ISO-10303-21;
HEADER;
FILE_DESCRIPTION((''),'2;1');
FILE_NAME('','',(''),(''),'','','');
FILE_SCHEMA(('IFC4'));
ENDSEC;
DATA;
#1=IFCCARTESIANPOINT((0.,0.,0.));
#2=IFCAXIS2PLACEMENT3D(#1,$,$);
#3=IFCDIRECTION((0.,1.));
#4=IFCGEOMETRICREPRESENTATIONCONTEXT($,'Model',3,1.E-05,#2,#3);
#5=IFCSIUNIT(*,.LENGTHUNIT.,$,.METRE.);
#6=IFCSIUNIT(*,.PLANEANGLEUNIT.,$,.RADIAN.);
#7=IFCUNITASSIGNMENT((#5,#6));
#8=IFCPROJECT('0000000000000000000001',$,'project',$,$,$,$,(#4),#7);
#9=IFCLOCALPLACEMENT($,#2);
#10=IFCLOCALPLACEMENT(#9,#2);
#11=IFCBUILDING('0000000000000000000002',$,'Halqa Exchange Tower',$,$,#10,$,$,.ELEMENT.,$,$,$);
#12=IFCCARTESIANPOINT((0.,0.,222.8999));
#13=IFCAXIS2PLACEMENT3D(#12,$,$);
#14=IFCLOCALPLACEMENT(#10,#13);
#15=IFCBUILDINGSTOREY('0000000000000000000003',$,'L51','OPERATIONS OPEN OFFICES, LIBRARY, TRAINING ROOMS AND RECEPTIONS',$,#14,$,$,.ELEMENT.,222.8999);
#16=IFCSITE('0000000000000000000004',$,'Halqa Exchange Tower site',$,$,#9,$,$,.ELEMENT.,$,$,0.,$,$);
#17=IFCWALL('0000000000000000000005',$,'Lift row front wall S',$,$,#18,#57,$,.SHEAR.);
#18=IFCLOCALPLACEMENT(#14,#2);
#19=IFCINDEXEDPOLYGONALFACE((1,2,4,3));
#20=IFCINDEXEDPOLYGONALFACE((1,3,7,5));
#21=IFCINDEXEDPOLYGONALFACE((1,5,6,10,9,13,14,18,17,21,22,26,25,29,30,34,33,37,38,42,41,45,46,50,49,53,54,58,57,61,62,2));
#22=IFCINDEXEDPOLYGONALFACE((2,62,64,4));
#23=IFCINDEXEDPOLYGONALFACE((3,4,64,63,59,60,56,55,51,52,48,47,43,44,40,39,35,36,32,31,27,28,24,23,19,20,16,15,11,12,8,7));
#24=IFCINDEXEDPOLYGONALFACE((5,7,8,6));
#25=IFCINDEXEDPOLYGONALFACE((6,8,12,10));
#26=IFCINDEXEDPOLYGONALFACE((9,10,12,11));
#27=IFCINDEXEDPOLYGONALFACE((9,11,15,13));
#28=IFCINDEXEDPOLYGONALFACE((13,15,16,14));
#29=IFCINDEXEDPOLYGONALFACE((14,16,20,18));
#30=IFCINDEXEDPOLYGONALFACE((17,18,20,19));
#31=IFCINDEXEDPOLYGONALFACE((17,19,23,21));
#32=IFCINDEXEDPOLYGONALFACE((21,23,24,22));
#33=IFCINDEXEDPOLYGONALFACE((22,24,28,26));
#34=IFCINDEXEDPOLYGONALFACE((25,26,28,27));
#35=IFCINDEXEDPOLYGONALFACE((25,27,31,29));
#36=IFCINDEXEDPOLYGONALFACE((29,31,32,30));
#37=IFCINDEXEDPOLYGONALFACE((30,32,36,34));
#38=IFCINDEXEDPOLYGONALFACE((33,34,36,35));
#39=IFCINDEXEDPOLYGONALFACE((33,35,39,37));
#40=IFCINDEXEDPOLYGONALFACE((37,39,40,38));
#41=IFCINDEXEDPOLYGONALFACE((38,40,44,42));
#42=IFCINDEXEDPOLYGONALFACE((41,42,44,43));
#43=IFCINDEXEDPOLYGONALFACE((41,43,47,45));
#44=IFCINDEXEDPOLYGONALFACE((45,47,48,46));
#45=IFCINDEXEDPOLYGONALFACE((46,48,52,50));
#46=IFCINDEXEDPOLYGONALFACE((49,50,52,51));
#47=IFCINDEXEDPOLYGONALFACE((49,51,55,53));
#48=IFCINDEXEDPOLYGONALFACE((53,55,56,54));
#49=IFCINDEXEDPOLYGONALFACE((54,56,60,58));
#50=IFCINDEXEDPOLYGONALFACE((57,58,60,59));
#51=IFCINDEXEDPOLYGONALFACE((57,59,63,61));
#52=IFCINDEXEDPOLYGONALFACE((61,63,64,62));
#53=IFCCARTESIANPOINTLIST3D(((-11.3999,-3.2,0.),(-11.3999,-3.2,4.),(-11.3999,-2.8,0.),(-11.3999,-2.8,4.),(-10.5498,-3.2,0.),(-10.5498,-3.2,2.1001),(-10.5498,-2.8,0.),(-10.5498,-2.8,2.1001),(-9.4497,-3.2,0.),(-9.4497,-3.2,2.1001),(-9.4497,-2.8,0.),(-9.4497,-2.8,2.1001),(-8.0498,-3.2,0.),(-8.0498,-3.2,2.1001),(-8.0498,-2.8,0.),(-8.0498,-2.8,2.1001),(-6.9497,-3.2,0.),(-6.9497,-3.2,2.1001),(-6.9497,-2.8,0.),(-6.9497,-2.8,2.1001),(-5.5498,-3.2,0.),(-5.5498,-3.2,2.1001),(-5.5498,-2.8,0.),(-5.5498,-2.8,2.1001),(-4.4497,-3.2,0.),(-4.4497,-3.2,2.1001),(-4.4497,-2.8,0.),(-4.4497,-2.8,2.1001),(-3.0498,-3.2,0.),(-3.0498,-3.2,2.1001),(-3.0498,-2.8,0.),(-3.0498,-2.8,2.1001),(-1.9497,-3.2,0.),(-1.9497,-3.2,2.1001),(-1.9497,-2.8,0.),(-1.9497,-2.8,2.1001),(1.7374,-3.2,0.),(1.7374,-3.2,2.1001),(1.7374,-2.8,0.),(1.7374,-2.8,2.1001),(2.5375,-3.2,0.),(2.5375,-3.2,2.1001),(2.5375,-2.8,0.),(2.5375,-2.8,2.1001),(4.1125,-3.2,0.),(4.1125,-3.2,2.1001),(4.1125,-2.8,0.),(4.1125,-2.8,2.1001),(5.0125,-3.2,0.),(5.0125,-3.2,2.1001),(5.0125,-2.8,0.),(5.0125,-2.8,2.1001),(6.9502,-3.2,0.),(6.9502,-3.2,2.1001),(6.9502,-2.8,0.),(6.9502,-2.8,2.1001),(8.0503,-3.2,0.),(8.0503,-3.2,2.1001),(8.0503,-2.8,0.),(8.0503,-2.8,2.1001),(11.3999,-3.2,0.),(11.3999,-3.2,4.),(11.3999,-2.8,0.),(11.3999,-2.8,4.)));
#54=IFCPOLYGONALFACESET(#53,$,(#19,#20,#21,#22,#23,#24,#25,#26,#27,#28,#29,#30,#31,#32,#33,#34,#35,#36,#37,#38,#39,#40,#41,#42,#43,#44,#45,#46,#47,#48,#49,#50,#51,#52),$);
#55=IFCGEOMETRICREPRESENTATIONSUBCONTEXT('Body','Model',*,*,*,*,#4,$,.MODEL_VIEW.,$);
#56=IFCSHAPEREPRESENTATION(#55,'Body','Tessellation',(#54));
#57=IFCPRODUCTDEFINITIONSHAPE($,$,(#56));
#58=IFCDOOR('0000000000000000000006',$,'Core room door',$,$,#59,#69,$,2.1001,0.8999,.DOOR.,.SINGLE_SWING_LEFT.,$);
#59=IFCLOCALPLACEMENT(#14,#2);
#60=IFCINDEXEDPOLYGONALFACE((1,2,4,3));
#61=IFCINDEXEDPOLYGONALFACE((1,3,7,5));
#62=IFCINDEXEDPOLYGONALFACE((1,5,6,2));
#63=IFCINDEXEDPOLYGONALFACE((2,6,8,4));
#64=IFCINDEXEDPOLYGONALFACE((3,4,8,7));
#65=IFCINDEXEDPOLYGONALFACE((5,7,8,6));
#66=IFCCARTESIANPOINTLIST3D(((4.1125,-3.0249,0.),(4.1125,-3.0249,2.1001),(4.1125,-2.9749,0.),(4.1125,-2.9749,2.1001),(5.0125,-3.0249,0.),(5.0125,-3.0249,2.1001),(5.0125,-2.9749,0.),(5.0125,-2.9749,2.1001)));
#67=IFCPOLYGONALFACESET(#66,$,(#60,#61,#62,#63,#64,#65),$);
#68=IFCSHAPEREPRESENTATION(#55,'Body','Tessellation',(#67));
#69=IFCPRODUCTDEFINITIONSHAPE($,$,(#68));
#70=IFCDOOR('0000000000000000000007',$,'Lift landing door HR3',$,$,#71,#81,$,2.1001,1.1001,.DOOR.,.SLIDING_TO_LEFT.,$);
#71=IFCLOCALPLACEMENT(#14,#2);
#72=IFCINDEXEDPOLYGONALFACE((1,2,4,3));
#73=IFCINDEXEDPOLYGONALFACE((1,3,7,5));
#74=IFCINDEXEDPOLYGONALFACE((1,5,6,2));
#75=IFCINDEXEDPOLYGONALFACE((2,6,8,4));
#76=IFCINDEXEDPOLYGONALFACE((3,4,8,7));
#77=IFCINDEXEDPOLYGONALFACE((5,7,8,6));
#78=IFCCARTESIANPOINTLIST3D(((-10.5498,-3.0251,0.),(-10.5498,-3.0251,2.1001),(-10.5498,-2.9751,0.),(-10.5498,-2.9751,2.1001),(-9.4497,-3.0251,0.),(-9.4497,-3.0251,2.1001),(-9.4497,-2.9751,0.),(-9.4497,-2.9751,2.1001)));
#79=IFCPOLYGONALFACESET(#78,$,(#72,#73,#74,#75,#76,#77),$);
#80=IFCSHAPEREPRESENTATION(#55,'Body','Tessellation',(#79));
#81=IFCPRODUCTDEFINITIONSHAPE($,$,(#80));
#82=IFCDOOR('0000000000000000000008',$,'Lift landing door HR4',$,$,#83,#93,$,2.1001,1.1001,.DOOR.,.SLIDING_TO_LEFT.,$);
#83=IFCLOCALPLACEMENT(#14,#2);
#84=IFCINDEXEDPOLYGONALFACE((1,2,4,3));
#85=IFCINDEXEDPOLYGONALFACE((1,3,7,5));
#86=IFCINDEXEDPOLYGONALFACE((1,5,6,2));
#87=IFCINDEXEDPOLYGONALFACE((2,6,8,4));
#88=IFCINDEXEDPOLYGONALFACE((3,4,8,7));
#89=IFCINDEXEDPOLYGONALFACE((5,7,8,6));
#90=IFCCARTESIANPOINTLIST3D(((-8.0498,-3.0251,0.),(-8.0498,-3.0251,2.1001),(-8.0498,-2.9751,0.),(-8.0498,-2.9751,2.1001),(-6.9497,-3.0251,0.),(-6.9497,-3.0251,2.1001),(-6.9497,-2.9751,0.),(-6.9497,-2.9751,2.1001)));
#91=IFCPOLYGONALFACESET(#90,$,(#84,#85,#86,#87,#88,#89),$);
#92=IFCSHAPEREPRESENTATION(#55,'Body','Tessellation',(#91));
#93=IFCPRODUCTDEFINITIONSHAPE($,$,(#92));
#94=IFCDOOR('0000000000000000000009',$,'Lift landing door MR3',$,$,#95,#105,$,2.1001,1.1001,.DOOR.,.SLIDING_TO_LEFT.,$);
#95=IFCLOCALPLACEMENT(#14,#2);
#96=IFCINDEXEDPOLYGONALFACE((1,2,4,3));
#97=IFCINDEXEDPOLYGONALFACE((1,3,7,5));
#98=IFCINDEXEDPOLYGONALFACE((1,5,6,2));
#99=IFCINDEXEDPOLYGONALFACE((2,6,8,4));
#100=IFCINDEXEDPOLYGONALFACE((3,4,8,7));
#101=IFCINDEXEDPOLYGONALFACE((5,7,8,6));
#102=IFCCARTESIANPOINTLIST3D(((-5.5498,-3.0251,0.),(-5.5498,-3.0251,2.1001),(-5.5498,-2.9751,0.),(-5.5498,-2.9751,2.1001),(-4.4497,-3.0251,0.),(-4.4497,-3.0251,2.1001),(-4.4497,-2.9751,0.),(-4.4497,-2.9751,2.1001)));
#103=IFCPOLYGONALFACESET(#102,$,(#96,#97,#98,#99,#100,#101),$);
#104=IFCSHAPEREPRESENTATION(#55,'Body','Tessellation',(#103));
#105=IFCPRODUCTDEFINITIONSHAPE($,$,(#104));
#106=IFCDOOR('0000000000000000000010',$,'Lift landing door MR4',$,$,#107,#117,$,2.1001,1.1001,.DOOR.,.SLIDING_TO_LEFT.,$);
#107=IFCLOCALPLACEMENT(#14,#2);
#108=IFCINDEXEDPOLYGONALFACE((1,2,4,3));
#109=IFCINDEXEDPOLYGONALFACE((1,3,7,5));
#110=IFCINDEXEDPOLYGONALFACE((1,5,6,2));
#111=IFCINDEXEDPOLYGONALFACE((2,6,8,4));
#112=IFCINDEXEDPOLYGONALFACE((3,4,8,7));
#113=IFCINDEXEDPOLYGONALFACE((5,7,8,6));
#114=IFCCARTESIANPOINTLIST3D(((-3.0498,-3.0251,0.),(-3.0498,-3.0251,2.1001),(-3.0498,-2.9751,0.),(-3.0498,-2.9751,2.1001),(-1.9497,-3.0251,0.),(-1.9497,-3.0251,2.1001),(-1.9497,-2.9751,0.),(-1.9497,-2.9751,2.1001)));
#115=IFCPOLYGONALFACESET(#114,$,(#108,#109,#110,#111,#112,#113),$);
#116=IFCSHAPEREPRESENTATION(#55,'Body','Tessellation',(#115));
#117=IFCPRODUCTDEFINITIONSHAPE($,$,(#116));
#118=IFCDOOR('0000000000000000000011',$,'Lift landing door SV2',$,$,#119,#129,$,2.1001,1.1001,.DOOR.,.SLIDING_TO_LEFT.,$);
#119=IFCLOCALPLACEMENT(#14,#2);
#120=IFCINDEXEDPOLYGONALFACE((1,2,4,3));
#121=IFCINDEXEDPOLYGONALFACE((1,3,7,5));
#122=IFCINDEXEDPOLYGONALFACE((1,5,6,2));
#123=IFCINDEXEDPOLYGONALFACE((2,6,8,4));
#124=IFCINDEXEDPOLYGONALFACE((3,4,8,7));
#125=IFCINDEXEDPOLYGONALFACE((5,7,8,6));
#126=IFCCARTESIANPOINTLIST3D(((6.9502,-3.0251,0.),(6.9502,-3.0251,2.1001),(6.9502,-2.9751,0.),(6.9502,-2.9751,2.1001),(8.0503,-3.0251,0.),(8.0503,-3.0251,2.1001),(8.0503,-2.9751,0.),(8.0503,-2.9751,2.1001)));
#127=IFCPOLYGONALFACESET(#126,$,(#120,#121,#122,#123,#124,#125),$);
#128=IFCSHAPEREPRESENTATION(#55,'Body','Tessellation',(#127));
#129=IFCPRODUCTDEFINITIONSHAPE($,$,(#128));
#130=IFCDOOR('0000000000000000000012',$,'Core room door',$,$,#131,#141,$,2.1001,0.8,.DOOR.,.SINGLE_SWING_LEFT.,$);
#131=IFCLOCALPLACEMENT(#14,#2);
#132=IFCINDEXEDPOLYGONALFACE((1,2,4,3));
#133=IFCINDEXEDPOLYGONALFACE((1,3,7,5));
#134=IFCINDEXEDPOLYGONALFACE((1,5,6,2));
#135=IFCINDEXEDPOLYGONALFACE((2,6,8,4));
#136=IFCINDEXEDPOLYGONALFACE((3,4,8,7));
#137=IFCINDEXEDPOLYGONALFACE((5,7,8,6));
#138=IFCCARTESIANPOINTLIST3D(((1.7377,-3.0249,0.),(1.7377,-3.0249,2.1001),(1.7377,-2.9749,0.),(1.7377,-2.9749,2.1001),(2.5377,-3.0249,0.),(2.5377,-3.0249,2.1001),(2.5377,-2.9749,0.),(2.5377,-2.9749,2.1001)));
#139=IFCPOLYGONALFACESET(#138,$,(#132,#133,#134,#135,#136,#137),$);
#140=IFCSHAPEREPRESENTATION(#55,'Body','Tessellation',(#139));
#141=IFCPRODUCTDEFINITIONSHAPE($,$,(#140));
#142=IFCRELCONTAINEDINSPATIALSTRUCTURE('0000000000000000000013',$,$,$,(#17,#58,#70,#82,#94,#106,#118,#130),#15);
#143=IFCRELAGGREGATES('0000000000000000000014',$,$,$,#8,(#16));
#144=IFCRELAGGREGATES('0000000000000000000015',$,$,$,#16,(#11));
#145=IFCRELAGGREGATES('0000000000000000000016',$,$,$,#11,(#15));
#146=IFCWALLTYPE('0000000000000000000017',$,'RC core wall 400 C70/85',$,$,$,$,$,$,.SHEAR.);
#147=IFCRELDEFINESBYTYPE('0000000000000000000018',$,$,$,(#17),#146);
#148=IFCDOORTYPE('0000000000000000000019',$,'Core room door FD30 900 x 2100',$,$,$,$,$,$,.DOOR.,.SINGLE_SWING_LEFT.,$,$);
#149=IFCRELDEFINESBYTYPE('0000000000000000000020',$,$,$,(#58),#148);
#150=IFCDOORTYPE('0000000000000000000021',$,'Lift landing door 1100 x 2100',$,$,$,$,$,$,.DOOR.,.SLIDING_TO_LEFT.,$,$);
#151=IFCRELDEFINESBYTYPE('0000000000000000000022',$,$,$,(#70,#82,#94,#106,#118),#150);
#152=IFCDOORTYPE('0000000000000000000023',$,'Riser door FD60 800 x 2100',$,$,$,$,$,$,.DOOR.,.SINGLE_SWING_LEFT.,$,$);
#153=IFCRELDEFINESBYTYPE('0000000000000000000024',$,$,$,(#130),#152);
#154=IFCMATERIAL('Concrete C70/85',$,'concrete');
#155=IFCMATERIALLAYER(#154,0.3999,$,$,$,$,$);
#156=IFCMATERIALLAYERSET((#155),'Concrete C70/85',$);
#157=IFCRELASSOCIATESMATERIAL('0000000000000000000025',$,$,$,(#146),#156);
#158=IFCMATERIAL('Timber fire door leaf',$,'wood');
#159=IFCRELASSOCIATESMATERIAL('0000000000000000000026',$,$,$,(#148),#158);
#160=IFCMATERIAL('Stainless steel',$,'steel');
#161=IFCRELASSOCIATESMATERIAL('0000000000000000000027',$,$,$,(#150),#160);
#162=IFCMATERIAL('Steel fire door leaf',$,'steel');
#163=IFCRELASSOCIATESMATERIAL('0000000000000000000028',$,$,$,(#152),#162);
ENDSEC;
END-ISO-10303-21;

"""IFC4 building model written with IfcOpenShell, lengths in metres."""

from ifc_helpers import new_model, si_unit, direction, frame, frame_2d, origin, place, context, subcontext, project, spatial, rectangle, extrude, material, layer, layer_set, type_object, element, fill, save


model = new_model("IFC4")

# Units and contexts
model_context = context("Model", 3, precision=1e-05, world=origin(), true_north=direction((0.0, 1.0)))
body_context = subcontext(model_context, "Body", "Model", "MODEL_VIEW")
ifc_project = project(units=[si_unit("LENGTHUNIT", "METRE"), si_unit("PLANEANGLEUNIT", "RADIAN")], contexts=[model_context])

# Site, building, storey
site_placement = place(None, origin())
site = spatial("IfcSite", under=ifc_project, at=site_placement, Name="Halqa Exchange Tower site", CompositionType="ELEMENT", RefElevation=0.0)
building_placement = place(site_placement, origin())
building = spatial("IfcBuilding", under=site, at=building_placement, Name="Halqa Exchange Tower", CompositionType="ELEMENT")
storey_placement = place(building_placement, frame((0.0, 0.0, 222.8999)))
storey = spatial("IfcBuildingStorey", under=building, at=storey_placement, Name="L51", Description="OPERATIONS OPEN OFFICES, LIBRARY, TRAINING ROOMS AND RECEPTIONS", CompositionType="ELEMENT", Elevation=222.8999)

# Wall, openings, doors
ifc_material_1 = material(Name="Concrete C70/85", Category="concrete")
ifc_layer_1 = layer(ifc_material_1, 0.3999)
ifc_layer_set_1 = layer_set([ifc_layer_1], Name="Concrete C70/85")
wall_type_1 = type_object("IfcWallType", Name="RC core wall 400 C70/85", PredefinedType="SHEAR", material=ifc_layer_set_1)
wall_1_placement = place(storey_placement, frame((-11.3999, -3.0, 0.0), z_axis=(0.0, 0.0, 1.0), x_axis=(1.0, 0.0, 0.0)))
wall_1 = element("IfcWall", 1, at=wall_1_placement, inside=storey, type_object=wall_type_1, Name="Lift row front wall S", PredefinedType="SHEAR", context=body_context, shape_type="SweptSolid", body=[
    extrude(rectangle(XDim=22.7998, YDim=0.3999, at=frame_2d((11.3999, 0.0))), origin(), (0.0, 0.0, 1.0), 4.0),
])
opening_1_placement = place(wall_1_placement, frame((0.8501, 0.0, 0.0)))
opening_1 = element("IfcOpeningElement", 2, at=opening_1_placement, cuts=wall_1, PredefinedType="OPENING", context=body_context, shape_type="SweptSolid", body=[
    extrude(rectangle(XDim=1.1001, YDim=2.1001, at=frame_2d((0.55, 1.05))), frame((0.0, 0.2119, 0.0), z_axis=(0.0, -1.0, 0.0), x_axis=(1.0, 0.0, 0.0)), (0.0, 0.0, 1.0), 0.4238),
])
opening_2_placement = place(wall_1_placement, frame((3.3501, 0.0, 0.0)))
opening_2 = element("IfcOpeningElement", 3, at=opening_2_placement, cuts=wall_1, PredefinedType="OPENING", context=body_context, shape_type="SweptSolid", body=[
    extrude(rectangle(XDim=1.1001, YDim=2.1001, at=frame_2d((0.55, 1.05))), frame((0.0, 0.2119, 0.0), z_axis=(0.0, -1.0, 0.0), x_axis=(1.0, 0.0, 0.0)), (0.0, 0.0, 1.0), 0.4238),
])
opening_3_placement = place(wall_1_placement, frame((5.8501, 0.0, 0.0)))
opening_3 = element("IfcOpeningElement", 4, at=opening_3_placement, cuts=wall_1, PredefinedType="OPENING", context=body_context, shape_type="SweptSolid", body=[
    extrude(rectangle(XDim=1.1001, YDim=2.1001, at=frame_2d((0.55, 1.05))), frame((0.0, 0.2119, 0.0), z_axis=(0.0, -1.0, 0.0), x_axis=(1.0, 0.0, 0.0)), (0.0, 0.0, 1.0), 0.4238),
])
opening_4_placement = place(wall_1_placement, frame((8.3501, 0.0, 0.0)))
opening_4 = element("IfcOpeningElement", 5, at=opening_4_placement, cuts=wall_1, PredefinedType="OPENING", context=body_context, shape_type="SweptSolid", body=[
    extrude(rectangle(XDim=1.1001, YDim=2.1001, at=frame_2d((0.55, 1.05))), frame((0.0, 0.2119, 0.0), z_axis=(0.0, -1.0, 0.0), x_axis=(1.0, 0.0, 0.0)), (0.0, 0.0, 1.0), 0.4238),
])
opening_5_placement = place(wall_1_placement, frame((18.3501, 0.0, 0.0)))
opening_5 = element("IfcOpeningElement", 6, at=opening_5_placement, cuts=wall_1, PredefinedType="OPENING", context=body_context, shape_type="SweptSolid", body=[
    extrude(rectangle(XDim=1.1001, YDim=2.1001, at=frame_2d((0.55, 1.05))), frame((0.0, 0.2119, 0.0), z_axis=(0.0, -1.0, 0.0), x_axis=(1.0, 0.0, 0.0)), (0.0, 0.0, 1.0), 0.4238),
])
opening_6_placement = place(wall_1_placement, frame((13.1375, 0.0, 0.0)))
opening_6 = element("IfcOpeningElement", 7, at=opening_6_placement, cuts=wall_1, PredefinedType="OPENING", context=body_context, shape_type="SweptSolid", body=[
    extrude(rectangle(XDim=0.8, YDim=2.1001, at=frame_2d((0.3999, 1.05))), frame((0.0, 0.2119, 0.0), z_axis=(0.0, -1.0, 0.0), x_axis=(1.0, 0.0, 0.0)), (0.0, 0.0, 1.0), 0.4238),
])
opening_7_placement = place(wall_1_placement, frame((15.5125, 0.0, 0.0)))
opening_7 = element("IfcOpeningElement", 8, at=opening_7_placement, cuts=wall_1, PredefinedType="OPENING", context=body_context, shape_type="SweptSolid", body=[
    extrude(rectangle(XDim=0.8999, YDim=2.1001, at=frame_2d((0.45, 1.05))), frame((0.0, 0.2119, 0.0), z_axis=(0.0, -1.0, 0.0), x_axis=(1.0, 0.0, 0.0)), (0.0, 0.0, 1.0), 0.4238),
])
ifc_material_2 = material(Name="Timber fire door leaf", Category="wood")
door_type_1 = type_object("IfcDoorType", Name="Core room door FD30 900 x 2100", OperationType="SINGLE_SWING_LEFT", PredefinedType="DOOR", material=ifc_material_2)
door_1_placement = place(opening_7_placement, frame((0.8999, 0.0, 0.0), z_axis=(0.0, 0.0, 1.0), x_axis=(-1.0, 0.0, 0.0)))
door_1 = element("IfcDoor", 9, at=door_1_placement, inside=storey, type_object=door_type_1, Name="Core room door", OperationType="SINGLE_SWING_LEFT", OverallHeight=2.1001, OverallWidth=0.8999, PredefinedType="DOOR", context=body_context, shape_type="SweptSolid", body=[
    extrude(rectangle(XDim=0.8999, YDim=2.1001, at=frame_2d((0.45, 1.05))), frame((0.0, 0.0249, 0.0), z_axis=(0.0, -1.0, 0.0), x_axis=(1.0, 0.0, 0.0)), (0.0, 0.0, 1.0), 0.05),
])
fill(opening_7, door_1)
ifc_material_3 = material(Name="Stainless steel", Category="steel")
door_type_2 = type_object("IfcDoorType", Name="Lift landing door 1100 x 2100", OperationType="SLIDING_TO_LEFT", PredefinedType="DOOR", material=ifc_material_3)
door_2_placement = place(opening_1_placement, origin())
door_2 = element("IfcDoor", 10, at=door_2_placement, inside=storey, type_object=door_type_2, Name="Lift landing door HR3", OperationType="SLIDING_TO_LEFT", OverallHeight=2.1001, OverallWidth=1.1001, PredefinedType="DOOR", context=body_context, shape_type="SweptSolid", body=[
    extrude(rectangle(XDim=1.1001, YDim=2.1001, at=frame_2d((0.55, 1.05))), frame((0.0, 0.0249, 0.0), z_axis=(0.0, -1.0, 0.0), x_axis=(1.0, 0.0, 0.0)), (0.0, 0.0, 1.0), 0.05),
])
fill(opening_1, door_2)
door_3_placement = place(opening_2_placement, origin())
door_3 = element("IfcDoor", 11, at=door_3_placement, inside=storey, type_object=door_type_2, Name="Lift landing door HR4", OperationType="SLIDING_TO_LEFT", OverallHeight=2.1001, OverallWidth=1.1001, PredefinedType="DOOR", context=body_context, shape_type="SweptSolid", body=[
    extrude(rectangle(XDim=1.1001, YDim=2.1001, at=frame_2d((0.55, 1.05))), frame((0.0, 0.0249, 0.0), z_axis=(0.0, -1.0, 0.0), x_axis=(1.0, 0.0, 0.0)), (0.0, 0.0, 1.0), 0.05),
])
fill(opening_2, door_3)
door_4_placement = place(opening_3_placement, origin())
door_4 = element("IfcDoor", 12, at=door_4_placement, inside=storey, type_object=door_type_2, Name="Lift landing door MR3", OperationType="SLIDING_TO_LEFT", OverallHeight=2.1001, OverallWidth=1.1001, PredefinedType="DOOR", context=body_context, shape_type="SweptSolid", body=[
    extrude(rectangle(XDim=1.1001, YDim=2.1001, at=frame_2d((0.55, 1.05))), frame((0.0, 0.0249, 0.0), z_axis=(0.0, -1.0, 0.0), x_axis=(1.0, 0.0, 0.0)), (0.0, 0.0, 1.0), 0.05),
])
fill(opening_3, door_4)
door_5_placement = place(opening_4_placement, origin())
door_5 = element("IfcDoor", 13, at=door_5_placement, inside=storey, type_object=door_type_2, Name="Lift landing door MR4", OperationType="SLIDING_TO_LEFT", OverallHeight=2.1001, OverallWidth=1.1001, PredefinedType="DOOR", context=body_context, shape_type="SweptSolid", body=[
    extrude(rectangle(XDim=1.1001, YDim=2.1001, at=frame_2d((0.55, 1.05))), frame((0.0, 0.0249, 0.0), z_axis=(0.0, -1.0, 0.0), x_axis=(1.0, 0.0, 0.0)), (0.0, 0.0, 1.0), 0.05),
])
fill(opening_4, door_5)
door_6_placement = place(opening_5_placement, origin())
door_6 = element("IfcDoor", 14, at=door_6_placement, inside=storey, type_object=door_type_2, Name="Lift landing door SV2", OperationType="SLIDING_TO_LEFT", OverallHeight=2.1001, OverallWidth=1.1001, PredefinedType="DOOR", context=body_context, shape_type="SweptSolid", body=[
    extrude(rectangle(XDim=1.1001, YDim=2.1001, at=frame_2d((0.55, 1.05))), frame((0.0, 0.0249, 0.0), z_axis=(0.0, -1.0, 0.0), x_axis=(1.0, 0.0, 0.0)), (0.0, 0.0, 1.0), 0.05),
])
fill(opening_5, door_6)
ifc_material_4 = material(Name="Steel fire door leaf", Category="steel")
door_type_3 = type_object("IfcDoorType", Name="Riser door FD60 800 x 2100", OperationType="SINGLE_SWING_LEFT", PredefinedType="DOOR", material=ifc_material_4)
door_7_placement = place(opening_6_placement, frame((0.8, 0.0, 0.0), z_axis=(0.0, 0.0, 1.0), x_axis=(-1.0, 0.0, 0.0)))
door_7 = element("IfcDoor", 15, at=door_7_placement, inside=storey, type_object=door_type_3, Name="Core room door", OperationType="SINGLE_SWING_LEFT", OverallHeight=2.1001, OverallWidth=0.8, PredefinedType="DOOR", context=body_context, shape_type="SweptSolid", body=[
    extrude(rectangle(XDim=0.8, YDim=2.1001, at=frame_2d((0.3999, 1.05))), frame((0.0, 0.0249, 0.0), z_axis=(0.0, -1.0, 0.0), x_axis=(1.0, 0.0, 0.0)), (0.0, 0.0, 1.0), 0.05),
])
fill(opening_6, door_7)

save(model, "model.ifc")
